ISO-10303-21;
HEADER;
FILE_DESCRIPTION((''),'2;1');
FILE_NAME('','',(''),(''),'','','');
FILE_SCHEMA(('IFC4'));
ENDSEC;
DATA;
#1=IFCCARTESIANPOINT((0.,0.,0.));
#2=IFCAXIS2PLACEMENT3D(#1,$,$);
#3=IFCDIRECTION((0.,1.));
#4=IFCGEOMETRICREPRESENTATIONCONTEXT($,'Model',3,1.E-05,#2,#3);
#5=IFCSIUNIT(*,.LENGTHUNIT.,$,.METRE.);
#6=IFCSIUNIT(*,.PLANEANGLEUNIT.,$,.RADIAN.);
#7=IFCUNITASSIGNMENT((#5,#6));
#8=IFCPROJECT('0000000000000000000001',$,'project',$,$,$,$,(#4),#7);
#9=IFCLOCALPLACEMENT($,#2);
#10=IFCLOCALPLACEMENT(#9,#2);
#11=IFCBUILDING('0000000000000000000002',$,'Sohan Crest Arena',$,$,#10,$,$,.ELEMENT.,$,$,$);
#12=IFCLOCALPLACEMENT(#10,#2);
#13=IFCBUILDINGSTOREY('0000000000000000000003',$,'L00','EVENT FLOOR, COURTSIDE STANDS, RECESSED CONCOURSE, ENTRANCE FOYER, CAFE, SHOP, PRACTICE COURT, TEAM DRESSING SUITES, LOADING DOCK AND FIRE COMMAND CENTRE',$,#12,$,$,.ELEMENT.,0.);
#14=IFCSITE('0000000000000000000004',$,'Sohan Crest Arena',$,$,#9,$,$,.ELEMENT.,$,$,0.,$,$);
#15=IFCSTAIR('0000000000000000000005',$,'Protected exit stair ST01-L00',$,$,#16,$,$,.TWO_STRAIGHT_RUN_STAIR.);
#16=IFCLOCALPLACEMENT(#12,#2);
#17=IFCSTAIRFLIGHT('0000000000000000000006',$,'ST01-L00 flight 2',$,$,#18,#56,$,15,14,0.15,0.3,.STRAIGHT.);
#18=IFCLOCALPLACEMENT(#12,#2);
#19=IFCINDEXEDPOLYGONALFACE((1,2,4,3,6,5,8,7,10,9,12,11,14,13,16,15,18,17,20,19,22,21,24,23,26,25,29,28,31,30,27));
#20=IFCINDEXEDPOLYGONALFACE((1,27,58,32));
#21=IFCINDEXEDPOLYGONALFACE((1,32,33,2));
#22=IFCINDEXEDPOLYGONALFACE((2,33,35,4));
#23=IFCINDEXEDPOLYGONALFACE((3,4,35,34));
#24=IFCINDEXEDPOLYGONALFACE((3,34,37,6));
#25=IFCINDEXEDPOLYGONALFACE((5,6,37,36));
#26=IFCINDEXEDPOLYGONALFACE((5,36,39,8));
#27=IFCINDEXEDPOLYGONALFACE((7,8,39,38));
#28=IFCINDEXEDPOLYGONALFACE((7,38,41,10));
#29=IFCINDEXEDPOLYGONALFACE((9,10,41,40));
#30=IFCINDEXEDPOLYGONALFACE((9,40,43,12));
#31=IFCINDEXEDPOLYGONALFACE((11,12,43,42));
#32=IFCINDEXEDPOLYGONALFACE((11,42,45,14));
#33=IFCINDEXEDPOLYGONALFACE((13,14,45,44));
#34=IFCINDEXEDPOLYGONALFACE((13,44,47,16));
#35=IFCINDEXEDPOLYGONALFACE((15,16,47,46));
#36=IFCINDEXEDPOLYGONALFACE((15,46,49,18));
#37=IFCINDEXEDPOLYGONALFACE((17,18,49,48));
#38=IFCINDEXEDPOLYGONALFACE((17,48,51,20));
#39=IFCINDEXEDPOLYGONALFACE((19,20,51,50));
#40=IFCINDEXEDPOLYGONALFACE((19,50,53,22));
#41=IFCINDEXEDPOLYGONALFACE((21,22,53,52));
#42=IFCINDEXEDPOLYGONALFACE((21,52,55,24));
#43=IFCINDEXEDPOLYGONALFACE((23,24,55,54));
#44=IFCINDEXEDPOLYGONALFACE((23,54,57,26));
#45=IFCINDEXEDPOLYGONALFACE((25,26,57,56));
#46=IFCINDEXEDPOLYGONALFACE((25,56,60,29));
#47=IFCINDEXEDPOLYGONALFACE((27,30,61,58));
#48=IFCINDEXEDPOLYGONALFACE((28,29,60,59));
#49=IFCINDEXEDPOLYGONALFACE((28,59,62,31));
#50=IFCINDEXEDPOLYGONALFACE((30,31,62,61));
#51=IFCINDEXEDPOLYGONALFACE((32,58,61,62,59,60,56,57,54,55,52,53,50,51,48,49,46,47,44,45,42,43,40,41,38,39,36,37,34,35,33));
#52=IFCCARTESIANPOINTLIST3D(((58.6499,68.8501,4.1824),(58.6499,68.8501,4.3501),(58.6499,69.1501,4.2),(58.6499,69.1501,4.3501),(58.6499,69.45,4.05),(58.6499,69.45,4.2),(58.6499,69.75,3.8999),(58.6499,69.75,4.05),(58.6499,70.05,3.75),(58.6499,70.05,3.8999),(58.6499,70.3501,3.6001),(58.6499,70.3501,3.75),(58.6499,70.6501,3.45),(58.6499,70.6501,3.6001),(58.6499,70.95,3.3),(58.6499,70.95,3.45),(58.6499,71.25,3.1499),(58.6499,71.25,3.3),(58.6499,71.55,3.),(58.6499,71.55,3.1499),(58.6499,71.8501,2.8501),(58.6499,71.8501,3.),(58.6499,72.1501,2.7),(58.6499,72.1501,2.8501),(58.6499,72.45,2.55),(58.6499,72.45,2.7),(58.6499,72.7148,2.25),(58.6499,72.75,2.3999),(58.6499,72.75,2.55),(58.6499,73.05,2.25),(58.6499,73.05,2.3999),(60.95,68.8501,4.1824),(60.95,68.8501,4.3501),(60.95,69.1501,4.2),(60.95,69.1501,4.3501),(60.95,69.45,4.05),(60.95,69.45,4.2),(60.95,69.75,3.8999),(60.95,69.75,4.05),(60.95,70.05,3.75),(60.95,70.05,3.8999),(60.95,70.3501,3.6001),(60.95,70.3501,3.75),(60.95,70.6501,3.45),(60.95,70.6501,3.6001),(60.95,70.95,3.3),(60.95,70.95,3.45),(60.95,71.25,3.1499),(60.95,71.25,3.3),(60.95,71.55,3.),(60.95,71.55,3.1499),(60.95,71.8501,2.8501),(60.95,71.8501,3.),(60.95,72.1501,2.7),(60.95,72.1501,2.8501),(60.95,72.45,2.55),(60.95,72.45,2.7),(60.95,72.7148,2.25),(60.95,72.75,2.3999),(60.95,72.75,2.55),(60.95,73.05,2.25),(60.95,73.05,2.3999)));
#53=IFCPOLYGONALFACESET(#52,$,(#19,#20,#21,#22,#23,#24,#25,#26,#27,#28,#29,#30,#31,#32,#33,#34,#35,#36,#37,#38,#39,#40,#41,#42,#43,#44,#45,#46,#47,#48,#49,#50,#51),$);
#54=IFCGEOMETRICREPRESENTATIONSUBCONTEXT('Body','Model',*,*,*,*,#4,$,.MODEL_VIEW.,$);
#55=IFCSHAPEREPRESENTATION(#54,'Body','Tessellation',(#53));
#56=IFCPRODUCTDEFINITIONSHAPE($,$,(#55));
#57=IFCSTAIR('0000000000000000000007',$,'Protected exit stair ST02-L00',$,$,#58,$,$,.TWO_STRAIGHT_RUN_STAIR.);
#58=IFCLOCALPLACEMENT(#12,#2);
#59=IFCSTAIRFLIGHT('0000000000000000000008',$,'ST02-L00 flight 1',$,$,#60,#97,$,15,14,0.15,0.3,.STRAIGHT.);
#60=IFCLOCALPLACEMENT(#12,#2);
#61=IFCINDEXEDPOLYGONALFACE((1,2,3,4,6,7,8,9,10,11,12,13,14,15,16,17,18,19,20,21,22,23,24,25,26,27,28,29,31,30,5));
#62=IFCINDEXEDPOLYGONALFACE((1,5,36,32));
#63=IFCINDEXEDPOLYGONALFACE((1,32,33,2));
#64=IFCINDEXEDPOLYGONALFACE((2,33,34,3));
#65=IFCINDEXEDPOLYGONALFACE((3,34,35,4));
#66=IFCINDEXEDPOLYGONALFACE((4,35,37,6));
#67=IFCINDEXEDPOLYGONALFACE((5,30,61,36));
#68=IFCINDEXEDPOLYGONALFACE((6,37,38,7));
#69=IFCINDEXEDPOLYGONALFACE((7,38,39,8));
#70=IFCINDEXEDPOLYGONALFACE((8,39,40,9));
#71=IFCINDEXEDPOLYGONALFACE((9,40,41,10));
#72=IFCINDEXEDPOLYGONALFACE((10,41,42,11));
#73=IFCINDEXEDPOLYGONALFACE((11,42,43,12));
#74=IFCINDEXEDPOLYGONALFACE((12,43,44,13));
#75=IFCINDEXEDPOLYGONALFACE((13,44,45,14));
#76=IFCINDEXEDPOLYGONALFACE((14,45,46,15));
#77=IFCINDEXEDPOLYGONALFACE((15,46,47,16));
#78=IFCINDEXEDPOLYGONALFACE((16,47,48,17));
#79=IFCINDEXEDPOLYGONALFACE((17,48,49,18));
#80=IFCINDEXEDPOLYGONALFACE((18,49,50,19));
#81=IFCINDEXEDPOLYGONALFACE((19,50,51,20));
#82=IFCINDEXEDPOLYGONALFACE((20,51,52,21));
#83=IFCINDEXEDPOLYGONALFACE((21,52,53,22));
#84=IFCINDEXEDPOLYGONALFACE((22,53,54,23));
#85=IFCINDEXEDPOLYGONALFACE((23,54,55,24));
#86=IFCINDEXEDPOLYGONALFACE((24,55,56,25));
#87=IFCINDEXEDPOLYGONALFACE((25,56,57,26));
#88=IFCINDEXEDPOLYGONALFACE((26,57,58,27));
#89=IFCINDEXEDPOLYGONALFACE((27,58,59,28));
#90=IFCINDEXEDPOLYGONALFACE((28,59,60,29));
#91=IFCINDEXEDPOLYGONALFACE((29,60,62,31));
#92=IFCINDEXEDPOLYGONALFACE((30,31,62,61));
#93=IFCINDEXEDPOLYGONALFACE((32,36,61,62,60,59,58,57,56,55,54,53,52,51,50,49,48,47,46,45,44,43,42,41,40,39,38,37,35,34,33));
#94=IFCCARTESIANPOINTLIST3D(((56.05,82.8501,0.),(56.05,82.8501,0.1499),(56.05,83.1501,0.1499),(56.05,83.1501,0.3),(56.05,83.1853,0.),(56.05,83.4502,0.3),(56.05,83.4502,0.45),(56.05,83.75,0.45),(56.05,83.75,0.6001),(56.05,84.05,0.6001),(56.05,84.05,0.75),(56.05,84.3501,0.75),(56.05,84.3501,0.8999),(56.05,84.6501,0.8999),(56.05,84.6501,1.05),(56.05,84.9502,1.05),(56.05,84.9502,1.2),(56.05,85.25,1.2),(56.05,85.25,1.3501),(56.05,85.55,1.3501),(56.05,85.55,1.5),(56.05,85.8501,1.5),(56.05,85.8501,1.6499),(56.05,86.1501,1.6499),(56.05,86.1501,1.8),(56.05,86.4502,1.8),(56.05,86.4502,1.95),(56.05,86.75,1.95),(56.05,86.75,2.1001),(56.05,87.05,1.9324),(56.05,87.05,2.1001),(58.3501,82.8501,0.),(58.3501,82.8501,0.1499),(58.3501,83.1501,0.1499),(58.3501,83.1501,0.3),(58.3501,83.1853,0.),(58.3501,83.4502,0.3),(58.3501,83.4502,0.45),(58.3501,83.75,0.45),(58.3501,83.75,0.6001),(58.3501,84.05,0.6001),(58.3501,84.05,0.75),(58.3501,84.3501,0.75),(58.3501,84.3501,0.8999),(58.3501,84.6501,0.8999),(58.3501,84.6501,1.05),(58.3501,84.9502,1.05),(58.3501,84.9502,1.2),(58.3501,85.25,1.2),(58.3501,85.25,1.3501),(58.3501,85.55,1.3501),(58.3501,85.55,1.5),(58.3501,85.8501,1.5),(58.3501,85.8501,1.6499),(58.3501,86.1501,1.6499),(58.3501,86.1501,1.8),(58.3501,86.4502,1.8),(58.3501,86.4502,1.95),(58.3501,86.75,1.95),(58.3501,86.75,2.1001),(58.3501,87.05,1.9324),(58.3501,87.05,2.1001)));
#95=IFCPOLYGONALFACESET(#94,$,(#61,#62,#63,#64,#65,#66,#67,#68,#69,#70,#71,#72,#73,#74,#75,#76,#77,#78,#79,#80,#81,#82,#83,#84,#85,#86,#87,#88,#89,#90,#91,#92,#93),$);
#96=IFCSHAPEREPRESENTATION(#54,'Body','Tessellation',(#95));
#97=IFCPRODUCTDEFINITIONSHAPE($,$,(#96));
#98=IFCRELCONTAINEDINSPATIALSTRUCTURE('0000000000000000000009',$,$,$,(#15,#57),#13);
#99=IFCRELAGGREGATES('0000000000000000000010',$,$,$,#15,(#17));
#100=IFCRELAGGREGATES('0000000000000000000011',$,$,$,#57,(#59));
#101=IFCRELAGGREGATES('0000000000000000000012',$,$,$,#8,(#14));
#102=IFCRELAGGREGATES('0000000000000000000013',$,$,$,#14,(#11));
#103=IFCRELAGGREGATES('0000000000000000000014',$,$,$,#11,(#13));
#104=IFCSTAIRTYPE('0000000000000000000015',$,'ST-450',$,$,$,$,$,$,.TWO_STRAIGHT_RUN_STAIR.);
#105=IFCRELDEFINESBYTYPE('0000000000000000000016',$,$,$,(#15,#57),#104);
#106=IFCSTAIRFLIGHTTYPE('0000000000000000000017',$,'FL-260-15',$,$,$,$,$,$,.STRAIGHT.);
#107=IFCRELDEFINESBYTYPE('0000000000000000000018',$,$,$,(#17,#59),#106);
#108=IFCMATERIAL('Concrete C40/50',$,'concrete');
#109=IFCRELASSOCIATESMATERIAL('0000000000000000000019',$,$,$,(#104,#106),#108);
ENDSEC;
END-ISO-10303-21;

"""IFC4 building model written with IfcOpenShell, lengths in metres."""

from ifc_helpers import new_model, si_unit, direction, frame, origin, place, context, subcontext, project, spatial, polyline, outline, extrude, material, type_object, element, aggregate, save


model = new_model("IFC4")

# Units and contexts
model_context = context("Model", 3, precision=1e-05, world=origin(), true_north=direction((0.0, 1.0)))
body_context = subcontext(model_context, "Body", "Model", "MODEL_VIEW")
ifc_project = project(units=[si_unit("LENGTHUNIT", "METRE"), si_unit("PLANEANGLEUNIT", "RADIAN")], contexts=[model_context])

# Site, building, storey
site_placement = place(None, origin())
site = spatial("IfcSite", under=ifc_project, at=site_placement, Name="Sohan Crest Arena", CompositionType="ELEMENT", RefElevation=0.0)
building_placement = place(site_placement, origin())
building = spatial("IfcBuilding", under=site, at=building_placement, Name="Sohan Crest Arena", CompositionType="ELEMENT")
storey_placement = place(building_placement, origin())
storey = spatial("IfcBuildingStorey", under=building, at=storey_placement, Name="L00", Description="EVENT FLOOR, COURTSIDE STANDS, RECESSED CONCOURSE, ENTRANCE FOYER, CAFE, SHOP, PRACTICE COURT, TEAM DRESSING SUITES, LOADING DOCK AND FIRE COMMAND CENTRE", CompositionType="ELEMENT", Elevation=0.0)

# Shared definitions
ifc_material_1 = material(Name="Concrete C40/50", Category="concrete")

# Stair, stair flight
stair_type = type_object("IfcStairType", Name="ST-450", PredefinedType="TWO_STRAIGHT_RUN_STAIR", material=ifc_material_1)
stair_1_placement = place(storey_placement, origin())
stair_1 = element("IfcStair", 1, at=stair_1_placement, inside=storey, type_object=stair_type, Name="Protected exit stair ST01-L00", PredefinedType="TWO_STRAIGHT_RUN_STAIR")
stair_flight_type = type_object("IfcStairFlightType", Name="FL-260-15", PredefinedType="STRAIGHT", material=ifc_material_1)
stair_flight_1_placement = place(storey_placement, frame((59.8, 73.05, 2.25), z_axis=(0.0, 0.0, 1.0), x_axis=(0.0, -1.0, 0.0)))
stair_flight_1 = element("IfcStairFlight", 2, at=stair_flight_1_placement, type_object=stair_flight_type, Name="ST01-L00 flight 2", NumberOfRisers=15, NumberOfTreads=14, PredefinedType="STRAIGHT", RiserHeight=0.15, TreadLength=0.3, context=body_context, shape_type="SweptSolid", body=[
    extrude(outline(polyline([(0.0, 0.0), (0.0, 0.1499), (0.3, 0.1499), (0.3, 0.3), (0.6001, 0.3), (0.6001, 0.45), (0.8999, 0.45), (0.8999, 0.6001), (1.2, 0.6001), (1.2, 0.75), (1.5, 0.75), (1.5, 0.8999), (1.8, 0.8999), (1.8, 1.05), (2.1001, 1.05), (2.1001, 1.2), (2.3999, 1.2), (2.3999, 1.3501), (2.7, 1.3501), (2.7, 1.5), (3.0, 1.5), (3.0, 1.6499), (3.3, 1.6499), (3.3, 1.8), (3.6001, 1.8), (3.6001, 1.95), (3.8999, 1.95), (3.8999, 2.1001), (4.2, 2.1001), (4.2, 2.25), (4.2, 1.9324), (0.3352, 0.0), (0.0, 0.0)])), frame((0.0, 1.1499, 0.0), z_axis=(0.0, -1.0, 0.0), x_axis=(1.0, 0.0, 0.0)), (0.0, 0.0, 1.0), 2.3),
])
aggregate(stair_1, [stair_flight_1])

# Stair, stair flight
stair_2_placement = place(storey_placement, origin())
stair_2 = element("IfcStair", 3, at=stair_2_placement, inside=storey, type_object=stair_type, Name="Protected exit stair ST02-L00", PredefinedType="TWO_STRAIGHT_RUN_STAIR")
stair_flight_2_placement = place(storey_placement, frame((57.2, 82.8501, 0.0), z_axis=(0.0, 0.0, 1.0), x_axis=(0.0, 1.0, 0.0)))
stair_flight_2 = element("IfcStairFlight", 4, at=stair_flight_2_placement, type_object=stair_flight_type, Name="ST02-L00 flight 1", NumberOfRisers=15, NumberOfTreads=14, PredefinedType="STRAIGHT", RiserHeight=0.15, TreadLength=0.3, context=body_context, shape_type="SweptSolid", body=[
    extrude(outline(polyline([(0.0, 0.0), (0.0, 0.1499), (0.3, 0.1499), (0.3, 0.3), (0.6001, 0.3), (0.6001, 0.45), (0.8999, 0.45), (0.8999, 0.6001), (1.2, 0.6001), (1.2, 0.75), (1.5, 0.75), (1.5, 0.8999), (1.8, 0.8999), (1.8, 1.05), (2.1001, 1.05), (2.1001, 1.2), (2.3999, 1.2), (2.3999, 1.3501), (2.7, 1.3501), (2.7, 1.5), (3.0, 1.5), (3.0, 1.6499), (3.3, 1.6499), (3.3, 1.8), (3.6001, 1.8), (3.6001, 1.95), (3.8999, 1.95), (3.8999, 2.1001), (4.2, 2.1001), (4.2, 2.25), (4.2, 1.9324), (0.3352, 0.0), (0.0, 0.0)])), frame((0.0, 1.1499, 0.0), z_axis=(0.0, -1.0, 0.0), x_axis=(1.0, 0.0, 0.0)), (0.0, 0.0, 1.0), 2.3),
])
aggregate(stair_2, [stair_flight_2])

save(model, "model.ifc")
